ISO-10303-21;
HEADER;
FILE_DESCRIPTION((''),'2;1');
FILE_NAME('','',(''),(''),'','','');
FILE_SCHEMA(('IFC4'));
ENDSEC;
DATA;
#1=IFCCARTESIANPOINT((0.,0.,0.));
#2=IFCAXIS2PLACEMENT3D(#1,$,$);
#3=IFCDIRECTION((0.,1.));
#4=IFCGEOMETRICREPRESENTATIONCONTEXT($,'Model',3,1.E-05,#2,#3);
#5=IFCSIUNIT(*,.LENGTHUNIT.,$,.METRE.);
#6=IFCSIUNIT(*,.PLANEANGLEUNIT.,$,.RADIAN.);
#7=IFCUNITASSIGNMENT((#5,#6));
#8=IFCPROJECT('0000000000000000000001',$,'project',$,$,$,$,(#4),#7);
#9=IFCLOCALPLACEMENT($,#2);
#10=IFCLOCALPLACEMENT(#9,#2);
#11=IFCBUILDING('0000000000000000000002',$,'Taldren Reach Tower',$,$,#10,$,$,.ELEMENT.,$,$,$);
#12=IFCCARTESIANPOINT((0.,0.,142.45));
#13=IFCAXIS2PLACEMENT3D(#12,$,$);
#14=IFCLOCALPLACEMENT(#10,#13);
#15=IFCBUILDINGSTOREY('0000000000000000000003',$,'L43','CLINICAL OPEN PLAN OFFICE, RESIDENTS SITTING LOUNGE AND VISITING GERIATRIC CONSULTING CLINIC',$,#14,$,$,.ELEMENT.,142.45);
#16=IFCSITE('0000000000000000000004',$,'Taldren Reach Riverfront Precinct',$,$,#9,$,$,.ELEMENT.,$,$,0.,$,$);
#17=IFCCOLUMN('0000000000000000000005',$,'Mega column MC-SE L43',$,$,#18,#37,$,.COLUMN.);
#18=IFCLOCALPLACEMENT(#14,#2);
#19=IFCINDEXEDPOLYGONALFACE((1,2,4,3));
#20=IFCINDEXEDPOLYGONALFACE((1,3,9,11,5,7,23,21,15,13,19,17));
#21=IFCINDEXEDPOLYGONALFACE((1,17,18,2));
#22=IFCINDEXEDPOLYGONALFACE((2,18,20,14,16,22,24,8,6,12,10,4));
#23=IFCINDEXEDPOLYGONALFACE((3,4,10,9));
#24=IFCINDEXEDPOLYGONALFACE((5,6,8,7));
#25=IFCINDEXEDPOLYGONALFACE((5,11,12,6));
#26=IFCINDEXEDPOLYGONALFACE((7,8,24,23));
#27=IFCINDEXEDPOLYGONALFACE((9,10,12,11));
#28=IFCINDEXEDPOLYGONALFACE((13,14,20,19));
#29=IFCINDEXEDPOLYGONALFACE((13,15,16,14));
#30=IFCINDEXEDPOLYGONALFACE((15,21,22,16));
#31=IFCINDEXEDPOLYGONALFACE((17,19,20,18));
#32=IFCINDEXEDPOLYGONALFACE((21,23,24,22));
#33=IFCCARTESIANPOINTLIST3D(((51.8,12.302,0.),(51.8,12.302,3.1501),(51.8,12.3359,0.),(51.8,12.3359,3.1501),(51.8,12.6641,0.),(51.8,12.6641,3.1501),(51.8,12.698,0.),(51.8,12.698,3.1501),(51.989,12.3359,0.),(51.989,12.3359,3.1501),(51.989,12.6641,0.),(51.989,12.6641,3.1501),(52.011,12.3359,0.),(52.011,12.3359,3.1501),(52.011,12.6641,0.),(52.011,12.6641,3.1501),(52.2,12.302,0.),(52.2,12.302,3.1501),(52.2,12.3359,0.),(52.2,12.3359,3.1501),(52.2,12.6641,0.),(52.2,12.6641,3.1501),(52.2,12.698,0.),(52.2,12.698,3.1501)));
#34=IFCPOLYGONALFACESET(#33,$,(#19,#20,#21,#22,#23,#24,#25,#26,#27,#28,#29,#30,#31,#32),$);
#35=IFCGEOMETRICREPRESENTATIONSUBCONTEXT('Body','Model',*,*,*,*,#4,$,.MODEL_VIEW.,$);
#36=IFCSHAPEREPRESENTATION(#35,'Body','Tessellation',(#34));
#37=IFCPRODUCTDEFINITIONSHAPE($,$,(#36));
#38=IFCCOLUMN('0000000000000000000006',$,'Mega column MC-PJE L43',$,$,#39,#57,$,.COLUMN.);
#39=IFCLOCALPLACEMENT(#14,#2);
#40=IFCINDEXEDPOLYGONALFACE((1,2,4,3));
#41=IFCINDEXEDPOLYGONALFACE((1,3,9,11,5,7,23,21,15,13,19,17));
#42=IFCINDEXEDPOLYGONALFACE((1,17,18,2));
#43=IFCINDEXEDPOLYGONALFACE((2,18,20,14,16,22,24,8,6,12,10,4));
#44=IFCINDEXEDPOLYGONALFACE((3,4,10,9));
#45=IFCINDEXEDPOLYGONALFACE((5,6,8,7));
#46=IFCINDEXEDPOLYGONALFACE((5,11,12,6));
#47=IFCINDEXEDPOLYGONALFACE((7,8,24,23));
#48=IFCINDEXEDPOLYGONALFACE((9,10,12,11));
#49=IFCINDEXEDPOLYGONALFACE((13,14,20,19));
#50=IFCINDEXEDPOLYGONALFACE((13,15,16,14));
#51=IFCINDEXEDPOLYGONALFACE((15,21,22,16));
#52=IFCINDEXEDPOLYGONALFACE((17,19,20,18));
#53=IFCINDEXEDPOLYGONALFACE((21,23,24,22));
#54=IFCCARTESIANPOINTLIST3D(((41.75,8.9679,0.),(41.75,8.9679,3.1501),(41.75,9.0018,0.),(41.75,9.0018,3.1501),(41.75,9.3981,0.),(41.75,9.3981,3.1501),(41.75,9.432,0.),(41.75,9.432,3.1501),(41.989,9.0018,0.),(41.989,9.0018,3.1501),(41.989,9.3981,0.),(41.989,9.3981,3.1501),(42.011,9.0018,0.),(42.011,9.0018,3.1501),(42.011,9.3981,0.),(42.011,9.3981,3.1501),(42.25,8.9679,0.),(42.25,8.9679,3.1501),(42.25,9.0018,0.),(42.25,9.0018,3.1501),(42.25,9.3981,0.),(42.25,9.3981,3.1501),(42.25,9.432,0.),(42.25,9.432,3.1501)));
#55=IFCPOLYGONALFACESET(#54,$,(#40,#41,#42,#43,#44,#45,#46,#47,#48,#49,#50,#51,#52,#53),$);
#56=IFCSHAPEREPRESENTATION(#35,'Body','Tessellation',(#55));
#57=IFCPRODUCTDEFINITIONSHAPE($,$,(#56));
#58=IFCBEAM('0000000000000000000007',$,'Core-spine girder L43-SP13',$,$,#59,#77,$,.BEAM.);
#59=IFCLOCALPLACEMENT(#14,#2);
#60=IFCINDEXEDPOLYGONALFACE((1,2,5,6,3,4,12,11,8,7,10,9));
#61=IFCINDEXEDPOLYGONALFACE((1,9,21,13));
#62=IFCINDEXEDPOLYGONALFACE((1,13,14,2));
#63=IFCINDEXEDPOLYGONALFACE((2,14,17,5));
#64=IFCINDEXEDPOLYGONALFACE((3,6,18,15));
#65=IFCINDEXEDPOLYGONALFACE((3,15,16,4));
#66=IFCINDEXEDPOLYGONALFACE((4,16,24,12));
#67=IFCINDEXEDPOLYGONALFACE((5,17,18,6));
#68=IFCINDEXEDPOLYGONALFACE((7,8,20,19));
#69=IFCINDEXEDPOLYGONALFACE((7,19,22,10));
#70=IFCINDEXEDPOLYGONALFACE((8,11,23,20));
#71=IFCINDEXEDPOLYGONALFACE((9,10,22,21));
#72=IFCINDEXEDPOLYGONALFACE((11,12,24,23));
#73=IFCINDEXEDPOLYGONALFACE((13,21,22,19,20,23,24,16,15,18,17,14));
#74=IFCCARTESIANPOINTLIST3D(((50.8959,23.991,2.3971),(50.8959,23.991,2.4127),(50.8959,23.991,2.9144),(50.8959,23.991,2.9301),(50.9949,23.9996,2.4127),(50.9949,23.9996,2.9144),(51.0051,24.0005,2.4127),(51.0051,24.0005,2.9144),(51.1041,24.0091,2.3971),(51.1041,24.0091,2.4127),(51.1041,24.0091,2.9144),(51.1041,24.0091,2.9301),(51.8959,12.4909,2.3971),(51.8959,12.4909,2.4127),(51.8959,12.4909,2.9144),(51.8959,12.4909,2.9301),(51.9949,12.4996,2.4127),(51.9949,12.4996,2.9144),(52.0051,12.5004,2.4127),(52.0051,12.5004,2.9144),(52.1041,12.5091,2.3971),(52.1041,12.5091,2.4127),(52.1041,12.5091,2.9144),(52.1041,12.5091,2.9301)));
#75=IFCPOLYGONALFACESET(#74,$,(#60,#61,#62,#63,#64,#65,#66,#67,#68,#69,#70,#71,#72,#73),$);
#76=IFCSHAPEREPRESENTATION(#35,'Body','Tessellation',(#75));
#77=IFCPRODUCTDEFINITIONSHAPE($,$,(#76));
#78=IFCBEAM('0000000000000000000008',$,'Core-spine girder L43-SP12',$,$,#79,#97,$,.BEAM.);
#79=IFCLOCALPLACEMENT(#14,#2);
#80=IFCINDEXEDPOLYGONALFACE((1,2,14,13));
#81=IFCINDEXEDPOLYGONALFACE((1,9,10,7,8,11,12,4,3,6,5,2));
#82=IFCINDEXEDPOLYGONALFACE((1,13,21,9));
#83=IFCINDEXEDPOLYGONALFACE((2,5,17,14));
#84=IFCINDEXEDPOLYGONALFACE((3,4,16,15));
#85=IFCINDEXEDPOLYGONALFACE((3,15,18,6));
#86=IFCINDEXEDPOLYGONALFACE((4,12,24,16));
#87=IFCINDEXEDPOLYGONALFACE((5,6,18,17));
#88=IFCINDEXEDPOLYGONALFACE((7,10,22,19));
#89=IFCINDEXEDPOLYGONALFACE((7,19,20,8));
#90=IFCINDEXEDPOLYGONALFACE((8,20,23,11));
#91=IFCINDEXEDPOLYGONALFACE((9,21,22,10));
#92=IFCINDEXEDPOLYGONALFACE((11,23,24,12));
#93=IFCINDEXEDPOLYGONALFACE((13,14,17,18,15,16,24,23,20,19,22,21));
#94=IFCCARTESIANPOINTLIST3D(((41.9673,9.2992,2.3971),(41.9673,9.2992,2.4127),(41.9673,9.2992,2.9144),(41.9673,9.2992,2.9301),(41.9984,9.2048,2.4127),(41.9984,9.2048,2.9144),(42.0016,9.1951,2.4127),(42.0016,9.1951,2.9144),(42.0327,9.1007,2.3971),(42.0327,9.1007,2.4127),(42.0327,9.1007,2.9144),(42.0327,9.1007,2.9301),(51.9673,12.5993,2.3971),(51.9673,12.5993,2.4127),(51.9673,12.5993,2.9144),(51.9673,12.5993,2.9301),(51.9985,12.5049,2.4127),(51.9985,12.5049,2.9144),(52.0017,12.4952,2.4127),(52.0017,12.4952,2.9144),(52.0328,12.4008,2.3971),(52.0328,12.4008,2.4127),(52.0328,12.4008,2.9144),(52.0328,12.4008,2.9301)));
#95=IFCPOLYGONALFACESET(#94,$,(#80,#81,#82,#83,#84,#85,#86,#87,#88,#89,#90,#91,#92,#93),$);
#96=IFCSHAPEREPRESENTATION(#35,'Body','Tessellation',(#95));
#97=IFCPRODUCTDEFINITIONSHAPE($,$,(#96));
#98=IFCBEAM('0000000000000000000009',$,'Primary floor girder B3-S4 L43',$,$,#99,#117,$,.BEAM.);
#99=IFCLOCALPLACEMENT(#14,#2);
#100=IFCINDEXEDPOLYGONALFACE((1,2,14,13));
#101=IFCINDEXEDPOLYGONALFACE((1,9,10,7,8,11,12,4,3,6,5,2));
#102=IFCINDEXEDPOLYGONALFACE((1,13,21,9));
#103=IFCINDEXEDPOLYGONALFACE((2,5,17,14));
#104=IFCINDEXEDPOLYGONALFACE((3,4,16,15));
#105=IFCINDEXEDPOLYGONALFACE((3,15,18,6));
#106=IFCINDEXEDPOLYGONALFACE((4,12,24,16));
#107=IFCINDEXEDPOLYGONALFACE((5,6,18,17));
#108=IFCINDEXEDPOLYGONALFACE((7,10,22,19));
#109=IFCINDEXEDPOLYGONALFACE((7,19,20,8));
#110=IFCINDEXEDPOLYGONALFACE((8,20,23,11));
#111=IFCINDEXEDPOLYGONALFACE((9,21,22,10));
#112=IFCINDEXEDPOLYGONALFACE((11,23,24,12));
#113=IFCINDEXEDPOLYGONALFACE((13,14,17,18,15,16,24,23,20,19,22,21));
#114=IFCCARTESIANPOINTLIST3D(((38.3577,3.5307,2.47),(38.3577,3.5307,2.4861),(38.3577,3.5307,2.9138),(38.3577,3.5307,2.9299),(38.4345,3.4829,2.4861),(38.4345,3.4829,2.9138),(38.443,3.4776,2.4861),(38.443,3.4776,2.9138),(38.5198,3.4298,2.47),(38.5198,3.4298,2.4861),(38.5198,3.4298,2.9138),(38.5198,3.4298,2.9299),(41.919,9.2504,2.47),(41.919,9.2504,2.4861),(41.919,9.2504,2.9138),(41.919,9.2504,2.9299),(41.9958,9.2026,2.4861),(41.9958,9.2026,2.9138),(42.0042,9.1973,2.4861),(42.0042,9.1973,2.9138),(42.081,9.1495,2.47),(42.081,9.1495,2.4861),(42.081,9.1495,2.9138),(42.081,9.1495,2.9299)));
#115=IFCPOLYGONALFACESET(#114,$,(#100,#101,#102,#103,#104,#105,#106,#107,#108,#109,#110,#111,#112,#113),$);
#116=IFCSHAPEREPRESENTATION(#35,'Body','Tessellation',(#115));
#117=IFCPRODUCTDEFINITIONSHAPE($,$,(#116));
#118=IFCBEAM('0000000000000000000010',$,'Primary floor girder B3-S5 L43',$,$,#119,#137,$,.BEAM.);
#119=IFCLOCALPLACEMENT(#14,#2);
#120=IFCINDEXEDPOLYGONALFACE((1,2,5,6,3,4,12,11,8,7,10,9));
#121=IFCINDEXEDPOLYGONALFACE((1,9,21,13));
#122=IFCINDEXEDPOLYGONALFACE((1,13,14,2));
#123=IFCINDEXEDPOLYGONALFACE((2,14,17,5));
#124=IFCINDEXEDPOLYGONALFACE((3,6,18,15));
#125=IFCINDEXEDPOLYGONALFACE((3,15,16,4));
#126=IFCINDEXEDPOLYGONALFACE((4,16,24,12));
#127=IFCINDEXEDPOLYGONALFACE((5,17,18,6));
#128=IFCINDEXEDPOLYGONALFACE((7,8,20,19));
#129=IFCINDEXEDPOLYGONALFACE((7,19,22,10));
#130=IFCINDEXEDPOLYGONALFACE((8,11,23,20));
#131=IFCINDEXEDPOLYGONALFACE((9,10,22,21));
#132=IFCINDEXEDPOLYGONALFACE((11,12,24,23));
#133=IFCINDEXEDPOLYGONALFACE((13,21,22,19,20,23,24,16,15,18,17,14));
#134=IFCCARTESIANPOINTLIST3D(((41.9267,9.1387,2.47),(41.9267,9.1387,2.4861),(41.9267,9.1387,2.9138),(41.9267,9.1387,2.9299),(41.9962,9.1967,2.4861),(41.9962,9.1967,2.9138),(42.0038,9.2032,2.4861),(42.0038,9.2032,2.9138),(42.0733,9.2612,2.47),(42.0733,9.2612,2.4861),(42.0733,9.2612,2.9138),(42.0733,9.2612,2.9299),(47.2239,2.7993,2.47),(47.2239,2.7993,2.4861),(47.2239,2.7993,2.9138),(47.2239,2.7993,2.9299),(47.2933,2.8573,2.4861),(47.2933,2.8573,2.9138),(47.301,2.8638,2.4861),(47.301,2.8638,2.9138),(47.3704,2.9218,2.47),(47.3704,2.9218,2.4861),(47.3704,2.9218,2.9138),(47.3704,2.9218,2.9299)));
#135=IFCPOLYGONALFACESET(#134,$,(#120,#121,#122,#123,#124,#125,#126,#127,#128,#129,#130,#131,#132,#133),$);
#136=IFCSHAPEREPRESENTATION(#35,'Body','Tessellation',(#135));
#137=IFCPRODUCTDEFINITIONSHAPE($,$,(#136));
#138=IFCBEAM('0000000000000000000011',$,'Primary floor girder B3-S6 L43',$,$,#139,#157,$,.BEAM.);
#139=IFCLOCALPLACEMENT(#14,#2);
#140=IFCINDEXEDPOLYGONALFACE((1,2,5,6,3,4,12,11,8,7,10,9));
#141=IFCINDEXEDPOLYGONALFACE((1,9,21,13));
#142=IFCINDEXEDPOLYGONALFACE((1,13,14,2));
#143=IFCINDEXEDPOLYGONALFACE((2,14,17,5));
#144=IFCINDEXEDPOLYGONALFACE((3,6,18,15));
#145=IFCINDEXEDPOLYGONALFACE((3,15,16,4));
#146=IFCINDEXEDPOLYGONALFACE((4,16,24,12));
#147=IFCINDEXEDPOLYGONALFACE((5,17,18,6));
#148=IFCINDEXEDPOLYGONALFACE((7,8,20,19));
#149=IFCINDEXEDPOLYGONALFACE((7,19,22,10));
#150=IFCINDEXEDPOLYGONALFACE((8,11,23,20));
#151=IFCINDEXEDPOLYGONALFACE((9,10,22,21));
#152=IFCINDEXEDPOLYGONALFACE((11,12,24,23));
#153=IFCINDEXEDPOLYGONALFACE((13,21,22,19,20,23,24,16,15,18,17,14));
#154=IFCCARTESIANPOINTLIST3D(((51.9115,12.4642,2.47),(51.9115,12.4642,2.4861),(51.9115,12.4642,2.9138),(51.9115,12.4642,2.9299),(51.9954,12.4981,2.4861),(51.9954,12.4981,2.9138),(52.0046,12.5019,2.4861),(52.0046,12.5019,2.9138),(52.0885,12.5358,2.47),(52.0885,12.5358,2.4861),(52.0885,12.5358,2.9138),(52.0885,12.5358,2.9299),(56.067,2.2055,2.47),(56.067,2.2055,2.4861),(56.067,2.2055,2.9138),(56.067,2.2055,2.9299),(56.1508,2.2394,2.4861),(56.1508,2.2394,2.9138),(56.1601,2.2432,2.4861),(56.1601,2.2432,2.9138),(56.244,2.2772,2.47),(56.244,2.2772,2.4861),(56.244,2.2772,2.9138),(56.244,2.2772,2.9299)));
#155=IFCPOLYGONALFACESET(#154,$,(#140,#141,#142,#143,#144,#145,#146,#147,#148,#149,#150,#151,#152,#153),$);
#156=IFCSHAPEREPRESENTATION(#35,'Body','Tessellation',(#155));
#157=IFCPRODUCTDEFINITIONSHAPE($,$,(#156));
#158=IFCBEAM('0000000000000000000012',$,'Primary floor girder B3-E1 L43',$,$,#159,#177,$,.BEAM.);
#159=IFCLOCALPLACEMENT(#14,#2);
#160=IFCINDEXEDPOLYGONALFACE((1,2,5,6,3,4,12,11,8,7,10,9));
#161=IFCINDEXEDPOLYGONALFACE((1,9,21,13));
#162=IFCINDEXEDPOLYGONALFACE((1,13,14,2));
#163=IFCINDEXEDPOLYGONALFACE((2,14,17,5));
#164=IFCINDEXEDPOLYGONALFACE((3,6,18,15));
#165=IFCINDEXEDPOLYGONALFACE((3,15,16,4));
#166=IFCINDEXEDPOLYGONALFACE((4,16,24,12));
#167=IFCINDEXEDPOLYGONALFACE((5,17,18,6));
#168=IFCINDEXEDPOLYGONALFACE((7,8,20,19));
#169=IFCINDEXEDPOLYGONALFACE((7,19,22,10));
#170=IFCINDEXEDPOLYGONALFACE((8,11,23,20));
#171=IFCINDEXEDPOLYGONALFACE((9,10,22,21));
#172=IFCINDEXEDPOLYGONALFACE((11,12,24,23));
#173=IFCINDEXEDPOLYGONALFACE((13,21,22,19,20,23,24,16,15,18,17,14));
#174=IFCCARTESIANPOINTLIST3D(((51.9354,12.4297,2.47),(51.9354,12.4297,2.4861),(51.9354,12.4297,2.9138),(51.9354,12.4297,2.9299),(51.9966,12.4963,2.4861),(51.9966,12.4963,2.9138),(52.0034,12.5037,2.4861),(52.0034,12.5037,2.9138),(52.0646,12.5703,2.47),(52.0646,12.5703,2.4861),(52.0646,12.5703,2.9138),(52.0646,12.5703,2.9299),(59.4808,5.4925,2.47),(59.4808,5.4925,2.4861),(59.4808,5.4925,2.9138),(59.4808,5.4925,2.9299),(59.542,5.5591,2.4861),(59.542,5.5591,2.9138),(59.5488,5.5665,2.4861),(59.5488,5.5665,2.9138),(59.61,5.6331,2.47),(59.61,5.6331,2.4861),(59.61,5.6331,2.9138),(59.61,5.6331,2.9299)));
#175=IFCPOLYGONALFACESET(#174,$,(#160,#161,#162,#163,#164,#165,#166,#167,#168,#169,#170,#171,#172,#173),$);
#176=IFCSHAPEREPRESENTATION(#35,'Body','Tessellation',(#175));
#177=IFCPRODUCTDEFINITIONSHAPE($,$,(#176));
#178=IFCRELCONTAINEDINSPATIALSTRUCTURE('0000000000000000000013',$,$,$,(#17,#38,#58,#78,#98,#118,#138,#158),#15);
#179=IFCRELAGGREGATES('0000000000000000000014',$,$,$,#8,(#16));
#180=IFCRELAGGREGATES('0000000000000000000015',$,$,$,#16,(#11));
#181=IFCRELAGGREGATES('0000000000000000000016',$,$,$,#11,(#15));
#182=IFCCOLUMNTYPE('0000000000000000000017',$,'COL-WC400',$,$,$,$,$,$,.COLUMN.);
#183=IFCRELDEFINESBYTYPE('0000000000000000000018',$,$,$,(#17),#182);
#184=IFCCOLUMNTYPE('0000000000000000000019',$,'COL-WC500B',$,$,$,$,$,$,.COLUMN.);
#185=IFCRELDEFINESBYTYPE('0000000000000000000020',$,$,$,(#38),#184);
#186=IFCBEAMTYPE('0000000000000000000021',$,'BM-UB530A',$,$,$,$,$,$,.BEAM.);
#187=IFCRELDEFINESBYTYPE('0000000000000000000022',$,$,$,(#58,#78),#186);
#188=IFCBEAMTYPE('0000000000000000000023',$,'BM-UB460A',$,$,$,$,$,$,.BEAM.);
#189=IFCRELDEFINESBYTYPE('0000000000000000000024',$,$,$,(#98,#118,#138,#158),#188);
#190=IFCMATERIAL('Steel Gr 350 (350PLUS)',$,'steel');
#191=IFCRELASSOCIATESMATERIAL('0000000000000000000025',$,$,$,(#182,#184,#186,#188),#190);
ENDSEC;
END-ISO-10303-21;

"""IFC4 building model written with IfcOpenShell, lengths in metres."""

from ifc_helpers import new_model, si_unit, direction, frame, origin, origin_2d, place, context, subcontext, project, spatial, i_section, extrude, source, transform, mapped, material, material_profile, profile_set, type_object, element, save


model = new_model("IFC4")

# Units and contexts
model_context = context("Model", 3, precision=1e-05, world=origin(), true_north=direction((0.0, 1.0)))
body_context = subcontext(model_context, "Body", "Model", "MODEL_VIEW")
ifc_project = project(units=[si_unit("LENGTHUNIT", "METRE"), si_unit("PLANEANGLEUNIT", "RADIAN")], contexts=[model_context])

# Site, building, storey
site_placement = place(None, origin())
site = spatial("IfcSite", under=ifc_project, at=site_placement, Name="Taldren Reach Riverfront Precinct", CompositionType="ELEMENT", RefElevation=0.0)
building_placement = place(site_placement, origin())
building = spatial("IfcBuilding", under=site, at=building_placement, Name="Taldren Reach Tower", CompositionType="ELEMENT")
storey_placement = place(building_placement, frame((0.0, 0.0, 142.45)))
storey = spatial("IfcBuildingStorey", under=building, at=storey_placement, Name="L43", Description="CLINICAL OPEN PLAN OFFICE, RESIDENTS SITTING LOUNGE AND VISITING GERIATRIC CONSULTING CLINIC", CompositionType="ELEMENT", Elevation=142.45)

# Columns
ifc_material_1 = material(Name="Steel Gr 350 (350PLUS)", Category="steel")
ifc_material_profile_1 = material_profile(ifc_material_1, i_section(OverallWidth=0.3999, OverallDepth=0.396, WebThickness=0.022, FlangeThickness=0.0339, at=origin_2d()), Name="400WC270")
ifc_profile_set_1 = profile_set([ifc_material_profile_1], Name="Steel Gr 350 (350PLUS)")
column_type_1 = type_object("IfcColumnType", Name="COL-WC400", PredefinedType="COLUMN", material=ifc_profile_set_1)
shared_shape_1 = source(origin(), body_context, "Body", "SweptSolid", [
    extrude(i_section(OverallWidth=0.3999, OverallDepth=0.396, WebThickness=0.022, FlangeThickness=0.0339, at=origin_2d()), origin(), (0.0, 0.0, 1.0), 3.1501),
])
column_1_placement = place(storey_placement, frame((52.0, 12.5, 0.0), z_axis=(0.0, 0.0, 1.0), x_axis=(1.0, 0.0, 0.0)))
element("IfcColumn", 1, at=column_1_placement, inside=storey, type_object=column_type_1, Name="Mega column MC-SE L43", PredefinedType="COLUMN", context=body_context, shape_type="MappedRepresentation", body=[
    mapped(shared_shape_1, transform((0.0, 0.0, 0.0), scale=1.0)),
])
ifc_material_profile_2 = material_profile(ifc_material_1, i_section(OverallWidth=0.5, OverallDepth=0.4641, WebThickness=0.022, FlangeThickness=0.0339, at=origin_2d()), Name="500WC340")
ifc_profile_set_2 = profile_set([ifc_material_profile_2], Name="Steel Gr 350 (350PLUS)")
column_type_2 = type_object("IfcColumnType", Name="COL-WC500B", PredefinedType="COLUMN", material=ifc_profile_set_2)
shared_shape_2 = source(origin(), body_context, "Body", "SweptSolid", [
    extrude(i_section(OverallWidth=0.5, OverallDepth=0.4641, WebThickness=0.022, FlangeThickness=0.0339, at=origin_2d()), origin(), (0.0, 0.0, 1.0), 3.1501),
])
column_2_placement = place(storey_placement, frame((42.0, 9.2, 0.0), z_axis=(0.0, 0.0, 1.0), x_axis=(1.0, 0.0, 0.0)))
element("IfcColumn", 2, at=column_2_placement, inside=storey, type_object=column_type_2, Name="Mega column MC-PJE L43", PredefinedType="COLUMN", context=body_context, shape_type="MappedRepresentation", body=[
    mapped(shared_shape_2, transform((0.0, 0.0, 0.0), scale=1.0)),
])

# Beams
ifc_material_profile_3 = material_profile(ifc_material_1, i_section(OverallWidth=0.209, OverallDepth=0.533, WebThickness=0.0103, FlangeThickness=0.0156, at=origin_2d()), Name="530UB92.4")
ifc_profile_set_3 = profile_set([ifc_material_profile_3], Name="Steel Gr 350 (350PLUS)")
beam_type_1 = type_object("IfcBeamType", Name="BM-UB530A", PredefinedType="BEAM", material=ifc_profile_set_3)
shared_shape_3 = source(origin(), body_context, "Body", "SweptSolid", [
    extrude(i_section(OverallWidth=0.209, OverallDepth=0.533, WebThickness=0.0103, FlangeThickness=0.0156, at=origin_2d()), origin(), (0.0, 0.0, 1.0), 11.5435),
])
beam_1_placement = place(storey_placement, frame((52.0, 12.5, 2.6636), z_axis=(-0.08663, 0.996241, 0.0), x_axis=(-0.996241, -0.08663, 0.0)))
element("IfcBeam", 3, at=beam_1_placement, inside=storey, type_object=beam_type_1, Name="Core-spine girder L43-SP13", PredefinedType="BEAM", context=body_context, shape_type="MappedRepresentation", body=[
    mapped(shared_shape_3, transform((0.0, 0.0, 0.0), scale=1.0)),
])
shared_shape_4 = source(origin(), body_context, "Body", "SweptSolid", [
    extrude(i_section(OverallWidth=0.209, OverallDepth=0.533, WebThickness=0.0103, FlangeThickness=0.0156, at=origin_2d()), origin(), (0.0, 0.0, 1.0), 10.5305),
])
beam_2_placement = place(storey_placement, frame((42.0, 9.2, 2.6636), z_axis=(0.949627, 0.313382, 0.0), x_axis=(-0.313382, 0.949627, 0.0)))
element("IfcBeam", 4, at=beam_2_placement, inside=storey, type_object=beam_type_1, Name="Core-spine girder L43-SP12", PredefinedType="BEAM", context=body_context, shape_type="MappedRepresentation", body=[
    mapped(shared_shape_4, transform((0.0, 0.0, 0.0), scale=1.0)),
])
ifc_material_profile_4 = material_profile(ifc_material_1, i_section(OverallWidth=0.1909, OverallDepth=0.46, WebThickness=0.01, FlangeThickness=0.0161, at=origin_2d()), Name="460UB82.1")
ifc_profile_set_4 = profile_set([ifc_material_profile_4], Name="Steel Gr 350 (350PLUS)")
beam_type_2 = type_object("IfcBeamType", Name="BM-UB460A", PredefinedType="BEAM", material=ifc_profile_set_4)
shared_shape_5 = source(origin(), body_context, "Body", "SweptSolid", [
    extrude(i_section(OverallWidth=0.1909, OverallDepth=0.46, WebThickness=0.01, FlangeThickness=0.0161, at=origin_2d()), origin(), (0.0, 0.0, 1.0), 6.7378),
])
beam_3_placement = place(storey_placement, frame((42.0, 9.2, 2.7), z_axis=(-0.528552, -0.848901, 0.0), x_axis=(0.848901, -0.528552, 0.0)))
element("IfcBeam", 5, at=beam_3_placement, inside=storey, type_object=beam_type_2, Name="Primary floor girder B3-S4 L43", PredefinedType="BEAM", context=body_context, shape_type="MappedRepresentation", body=[
    mapped(shared_shape_5, transform((0.0, 0.0, 0.0), scale=1.0)),
])
shared_shape_6 = source(origin(), body_context, "Body", "SweptSolid", [
    extrude(i_section(OverallWidth=0.1909, OverallDepth=0.46, WebThickness=0.01, FlangeThickness=0.0161, at=origin_2d()), origin(), (0.0, 0.0, 1.0), 8.2612),
])
beam_4_placement = place(storey_placement, frame((42.0, 9.2, 2.7), z_axis=(0.641207, -0.767368, 0.0), x_axis=(0.767368, 0.641207, 0.0)))
element("IfcBeam", 6, at=beam_4_placement, inside=storey, type_object=beam_type_2, Name="Primary floor girder B3-S5 L43", PredefinedType="BEAM", context=body_context, shape_type="MappedRepresentation", body=[
    mapped(shared_shape_6, transform((0.0, 0.0, 0.0), scale=1.0)),
])
shared_shape_7 = source(origin(), body_context, "Body", "SweptSolid", [
    extrude(i_section(OverallWidth=0.1909, OverallDepth=0.46, WebThickness=0.01, FlangeThickness=0.0161, at=origin_2d()), origin(), (0.0, 0.0, 1.0), 11.0684),
])
beam_5_placement = place(storey_placement, frame((52.0, 12.5, 2.7), z_axis=(0.375437, -0.926848, 0.0), x_axis=(0.926848, 0.375437, 0.0)))
element("IfcBeam", 7, at=beam_5_placement, inside=storey, type_object=beam_type_2, Name="Primary floor girder B3-S6 L43", PredefinedType="BEAM", context=body_context, shape_type="MappedRepresentation", body=[
    mapped(shared_shape_7, transform((0.0, 0.0, 0.0), scale=1.0)),
])
shared_shape_8 = source(origin(), body_context, "Body", "SweptSolid", [
    extrude(i_section(OverallWidth=0.1909, OverallDepth=0.46, WebThickness=0.01, FlangeThickness=0.0161, at=origin_2d()), origin(), (0.0, 0.0, 1.0), 10.2498),
])
beam_6_placement = place(storey_placement, frame((52.0, 12.5, 2.7), z_axis=(0.736151, -0.676818, 0.0), x_axis=(0.676818, 0.736151, 0.0)))
element("IfcBeam", 8, at=beam_6_placement, inside=storey, type_object=beam_type_2, Name="Primary floor girder B3-E1 L43", PredefinedType="BEAM", context=body_context, shape_type="MappedRepresentation", body=[
    mapped(shared_shape_8, transform((0.0, 0.0, 0.0), scale=1.0)),
])

save(model, "model.ifc")
